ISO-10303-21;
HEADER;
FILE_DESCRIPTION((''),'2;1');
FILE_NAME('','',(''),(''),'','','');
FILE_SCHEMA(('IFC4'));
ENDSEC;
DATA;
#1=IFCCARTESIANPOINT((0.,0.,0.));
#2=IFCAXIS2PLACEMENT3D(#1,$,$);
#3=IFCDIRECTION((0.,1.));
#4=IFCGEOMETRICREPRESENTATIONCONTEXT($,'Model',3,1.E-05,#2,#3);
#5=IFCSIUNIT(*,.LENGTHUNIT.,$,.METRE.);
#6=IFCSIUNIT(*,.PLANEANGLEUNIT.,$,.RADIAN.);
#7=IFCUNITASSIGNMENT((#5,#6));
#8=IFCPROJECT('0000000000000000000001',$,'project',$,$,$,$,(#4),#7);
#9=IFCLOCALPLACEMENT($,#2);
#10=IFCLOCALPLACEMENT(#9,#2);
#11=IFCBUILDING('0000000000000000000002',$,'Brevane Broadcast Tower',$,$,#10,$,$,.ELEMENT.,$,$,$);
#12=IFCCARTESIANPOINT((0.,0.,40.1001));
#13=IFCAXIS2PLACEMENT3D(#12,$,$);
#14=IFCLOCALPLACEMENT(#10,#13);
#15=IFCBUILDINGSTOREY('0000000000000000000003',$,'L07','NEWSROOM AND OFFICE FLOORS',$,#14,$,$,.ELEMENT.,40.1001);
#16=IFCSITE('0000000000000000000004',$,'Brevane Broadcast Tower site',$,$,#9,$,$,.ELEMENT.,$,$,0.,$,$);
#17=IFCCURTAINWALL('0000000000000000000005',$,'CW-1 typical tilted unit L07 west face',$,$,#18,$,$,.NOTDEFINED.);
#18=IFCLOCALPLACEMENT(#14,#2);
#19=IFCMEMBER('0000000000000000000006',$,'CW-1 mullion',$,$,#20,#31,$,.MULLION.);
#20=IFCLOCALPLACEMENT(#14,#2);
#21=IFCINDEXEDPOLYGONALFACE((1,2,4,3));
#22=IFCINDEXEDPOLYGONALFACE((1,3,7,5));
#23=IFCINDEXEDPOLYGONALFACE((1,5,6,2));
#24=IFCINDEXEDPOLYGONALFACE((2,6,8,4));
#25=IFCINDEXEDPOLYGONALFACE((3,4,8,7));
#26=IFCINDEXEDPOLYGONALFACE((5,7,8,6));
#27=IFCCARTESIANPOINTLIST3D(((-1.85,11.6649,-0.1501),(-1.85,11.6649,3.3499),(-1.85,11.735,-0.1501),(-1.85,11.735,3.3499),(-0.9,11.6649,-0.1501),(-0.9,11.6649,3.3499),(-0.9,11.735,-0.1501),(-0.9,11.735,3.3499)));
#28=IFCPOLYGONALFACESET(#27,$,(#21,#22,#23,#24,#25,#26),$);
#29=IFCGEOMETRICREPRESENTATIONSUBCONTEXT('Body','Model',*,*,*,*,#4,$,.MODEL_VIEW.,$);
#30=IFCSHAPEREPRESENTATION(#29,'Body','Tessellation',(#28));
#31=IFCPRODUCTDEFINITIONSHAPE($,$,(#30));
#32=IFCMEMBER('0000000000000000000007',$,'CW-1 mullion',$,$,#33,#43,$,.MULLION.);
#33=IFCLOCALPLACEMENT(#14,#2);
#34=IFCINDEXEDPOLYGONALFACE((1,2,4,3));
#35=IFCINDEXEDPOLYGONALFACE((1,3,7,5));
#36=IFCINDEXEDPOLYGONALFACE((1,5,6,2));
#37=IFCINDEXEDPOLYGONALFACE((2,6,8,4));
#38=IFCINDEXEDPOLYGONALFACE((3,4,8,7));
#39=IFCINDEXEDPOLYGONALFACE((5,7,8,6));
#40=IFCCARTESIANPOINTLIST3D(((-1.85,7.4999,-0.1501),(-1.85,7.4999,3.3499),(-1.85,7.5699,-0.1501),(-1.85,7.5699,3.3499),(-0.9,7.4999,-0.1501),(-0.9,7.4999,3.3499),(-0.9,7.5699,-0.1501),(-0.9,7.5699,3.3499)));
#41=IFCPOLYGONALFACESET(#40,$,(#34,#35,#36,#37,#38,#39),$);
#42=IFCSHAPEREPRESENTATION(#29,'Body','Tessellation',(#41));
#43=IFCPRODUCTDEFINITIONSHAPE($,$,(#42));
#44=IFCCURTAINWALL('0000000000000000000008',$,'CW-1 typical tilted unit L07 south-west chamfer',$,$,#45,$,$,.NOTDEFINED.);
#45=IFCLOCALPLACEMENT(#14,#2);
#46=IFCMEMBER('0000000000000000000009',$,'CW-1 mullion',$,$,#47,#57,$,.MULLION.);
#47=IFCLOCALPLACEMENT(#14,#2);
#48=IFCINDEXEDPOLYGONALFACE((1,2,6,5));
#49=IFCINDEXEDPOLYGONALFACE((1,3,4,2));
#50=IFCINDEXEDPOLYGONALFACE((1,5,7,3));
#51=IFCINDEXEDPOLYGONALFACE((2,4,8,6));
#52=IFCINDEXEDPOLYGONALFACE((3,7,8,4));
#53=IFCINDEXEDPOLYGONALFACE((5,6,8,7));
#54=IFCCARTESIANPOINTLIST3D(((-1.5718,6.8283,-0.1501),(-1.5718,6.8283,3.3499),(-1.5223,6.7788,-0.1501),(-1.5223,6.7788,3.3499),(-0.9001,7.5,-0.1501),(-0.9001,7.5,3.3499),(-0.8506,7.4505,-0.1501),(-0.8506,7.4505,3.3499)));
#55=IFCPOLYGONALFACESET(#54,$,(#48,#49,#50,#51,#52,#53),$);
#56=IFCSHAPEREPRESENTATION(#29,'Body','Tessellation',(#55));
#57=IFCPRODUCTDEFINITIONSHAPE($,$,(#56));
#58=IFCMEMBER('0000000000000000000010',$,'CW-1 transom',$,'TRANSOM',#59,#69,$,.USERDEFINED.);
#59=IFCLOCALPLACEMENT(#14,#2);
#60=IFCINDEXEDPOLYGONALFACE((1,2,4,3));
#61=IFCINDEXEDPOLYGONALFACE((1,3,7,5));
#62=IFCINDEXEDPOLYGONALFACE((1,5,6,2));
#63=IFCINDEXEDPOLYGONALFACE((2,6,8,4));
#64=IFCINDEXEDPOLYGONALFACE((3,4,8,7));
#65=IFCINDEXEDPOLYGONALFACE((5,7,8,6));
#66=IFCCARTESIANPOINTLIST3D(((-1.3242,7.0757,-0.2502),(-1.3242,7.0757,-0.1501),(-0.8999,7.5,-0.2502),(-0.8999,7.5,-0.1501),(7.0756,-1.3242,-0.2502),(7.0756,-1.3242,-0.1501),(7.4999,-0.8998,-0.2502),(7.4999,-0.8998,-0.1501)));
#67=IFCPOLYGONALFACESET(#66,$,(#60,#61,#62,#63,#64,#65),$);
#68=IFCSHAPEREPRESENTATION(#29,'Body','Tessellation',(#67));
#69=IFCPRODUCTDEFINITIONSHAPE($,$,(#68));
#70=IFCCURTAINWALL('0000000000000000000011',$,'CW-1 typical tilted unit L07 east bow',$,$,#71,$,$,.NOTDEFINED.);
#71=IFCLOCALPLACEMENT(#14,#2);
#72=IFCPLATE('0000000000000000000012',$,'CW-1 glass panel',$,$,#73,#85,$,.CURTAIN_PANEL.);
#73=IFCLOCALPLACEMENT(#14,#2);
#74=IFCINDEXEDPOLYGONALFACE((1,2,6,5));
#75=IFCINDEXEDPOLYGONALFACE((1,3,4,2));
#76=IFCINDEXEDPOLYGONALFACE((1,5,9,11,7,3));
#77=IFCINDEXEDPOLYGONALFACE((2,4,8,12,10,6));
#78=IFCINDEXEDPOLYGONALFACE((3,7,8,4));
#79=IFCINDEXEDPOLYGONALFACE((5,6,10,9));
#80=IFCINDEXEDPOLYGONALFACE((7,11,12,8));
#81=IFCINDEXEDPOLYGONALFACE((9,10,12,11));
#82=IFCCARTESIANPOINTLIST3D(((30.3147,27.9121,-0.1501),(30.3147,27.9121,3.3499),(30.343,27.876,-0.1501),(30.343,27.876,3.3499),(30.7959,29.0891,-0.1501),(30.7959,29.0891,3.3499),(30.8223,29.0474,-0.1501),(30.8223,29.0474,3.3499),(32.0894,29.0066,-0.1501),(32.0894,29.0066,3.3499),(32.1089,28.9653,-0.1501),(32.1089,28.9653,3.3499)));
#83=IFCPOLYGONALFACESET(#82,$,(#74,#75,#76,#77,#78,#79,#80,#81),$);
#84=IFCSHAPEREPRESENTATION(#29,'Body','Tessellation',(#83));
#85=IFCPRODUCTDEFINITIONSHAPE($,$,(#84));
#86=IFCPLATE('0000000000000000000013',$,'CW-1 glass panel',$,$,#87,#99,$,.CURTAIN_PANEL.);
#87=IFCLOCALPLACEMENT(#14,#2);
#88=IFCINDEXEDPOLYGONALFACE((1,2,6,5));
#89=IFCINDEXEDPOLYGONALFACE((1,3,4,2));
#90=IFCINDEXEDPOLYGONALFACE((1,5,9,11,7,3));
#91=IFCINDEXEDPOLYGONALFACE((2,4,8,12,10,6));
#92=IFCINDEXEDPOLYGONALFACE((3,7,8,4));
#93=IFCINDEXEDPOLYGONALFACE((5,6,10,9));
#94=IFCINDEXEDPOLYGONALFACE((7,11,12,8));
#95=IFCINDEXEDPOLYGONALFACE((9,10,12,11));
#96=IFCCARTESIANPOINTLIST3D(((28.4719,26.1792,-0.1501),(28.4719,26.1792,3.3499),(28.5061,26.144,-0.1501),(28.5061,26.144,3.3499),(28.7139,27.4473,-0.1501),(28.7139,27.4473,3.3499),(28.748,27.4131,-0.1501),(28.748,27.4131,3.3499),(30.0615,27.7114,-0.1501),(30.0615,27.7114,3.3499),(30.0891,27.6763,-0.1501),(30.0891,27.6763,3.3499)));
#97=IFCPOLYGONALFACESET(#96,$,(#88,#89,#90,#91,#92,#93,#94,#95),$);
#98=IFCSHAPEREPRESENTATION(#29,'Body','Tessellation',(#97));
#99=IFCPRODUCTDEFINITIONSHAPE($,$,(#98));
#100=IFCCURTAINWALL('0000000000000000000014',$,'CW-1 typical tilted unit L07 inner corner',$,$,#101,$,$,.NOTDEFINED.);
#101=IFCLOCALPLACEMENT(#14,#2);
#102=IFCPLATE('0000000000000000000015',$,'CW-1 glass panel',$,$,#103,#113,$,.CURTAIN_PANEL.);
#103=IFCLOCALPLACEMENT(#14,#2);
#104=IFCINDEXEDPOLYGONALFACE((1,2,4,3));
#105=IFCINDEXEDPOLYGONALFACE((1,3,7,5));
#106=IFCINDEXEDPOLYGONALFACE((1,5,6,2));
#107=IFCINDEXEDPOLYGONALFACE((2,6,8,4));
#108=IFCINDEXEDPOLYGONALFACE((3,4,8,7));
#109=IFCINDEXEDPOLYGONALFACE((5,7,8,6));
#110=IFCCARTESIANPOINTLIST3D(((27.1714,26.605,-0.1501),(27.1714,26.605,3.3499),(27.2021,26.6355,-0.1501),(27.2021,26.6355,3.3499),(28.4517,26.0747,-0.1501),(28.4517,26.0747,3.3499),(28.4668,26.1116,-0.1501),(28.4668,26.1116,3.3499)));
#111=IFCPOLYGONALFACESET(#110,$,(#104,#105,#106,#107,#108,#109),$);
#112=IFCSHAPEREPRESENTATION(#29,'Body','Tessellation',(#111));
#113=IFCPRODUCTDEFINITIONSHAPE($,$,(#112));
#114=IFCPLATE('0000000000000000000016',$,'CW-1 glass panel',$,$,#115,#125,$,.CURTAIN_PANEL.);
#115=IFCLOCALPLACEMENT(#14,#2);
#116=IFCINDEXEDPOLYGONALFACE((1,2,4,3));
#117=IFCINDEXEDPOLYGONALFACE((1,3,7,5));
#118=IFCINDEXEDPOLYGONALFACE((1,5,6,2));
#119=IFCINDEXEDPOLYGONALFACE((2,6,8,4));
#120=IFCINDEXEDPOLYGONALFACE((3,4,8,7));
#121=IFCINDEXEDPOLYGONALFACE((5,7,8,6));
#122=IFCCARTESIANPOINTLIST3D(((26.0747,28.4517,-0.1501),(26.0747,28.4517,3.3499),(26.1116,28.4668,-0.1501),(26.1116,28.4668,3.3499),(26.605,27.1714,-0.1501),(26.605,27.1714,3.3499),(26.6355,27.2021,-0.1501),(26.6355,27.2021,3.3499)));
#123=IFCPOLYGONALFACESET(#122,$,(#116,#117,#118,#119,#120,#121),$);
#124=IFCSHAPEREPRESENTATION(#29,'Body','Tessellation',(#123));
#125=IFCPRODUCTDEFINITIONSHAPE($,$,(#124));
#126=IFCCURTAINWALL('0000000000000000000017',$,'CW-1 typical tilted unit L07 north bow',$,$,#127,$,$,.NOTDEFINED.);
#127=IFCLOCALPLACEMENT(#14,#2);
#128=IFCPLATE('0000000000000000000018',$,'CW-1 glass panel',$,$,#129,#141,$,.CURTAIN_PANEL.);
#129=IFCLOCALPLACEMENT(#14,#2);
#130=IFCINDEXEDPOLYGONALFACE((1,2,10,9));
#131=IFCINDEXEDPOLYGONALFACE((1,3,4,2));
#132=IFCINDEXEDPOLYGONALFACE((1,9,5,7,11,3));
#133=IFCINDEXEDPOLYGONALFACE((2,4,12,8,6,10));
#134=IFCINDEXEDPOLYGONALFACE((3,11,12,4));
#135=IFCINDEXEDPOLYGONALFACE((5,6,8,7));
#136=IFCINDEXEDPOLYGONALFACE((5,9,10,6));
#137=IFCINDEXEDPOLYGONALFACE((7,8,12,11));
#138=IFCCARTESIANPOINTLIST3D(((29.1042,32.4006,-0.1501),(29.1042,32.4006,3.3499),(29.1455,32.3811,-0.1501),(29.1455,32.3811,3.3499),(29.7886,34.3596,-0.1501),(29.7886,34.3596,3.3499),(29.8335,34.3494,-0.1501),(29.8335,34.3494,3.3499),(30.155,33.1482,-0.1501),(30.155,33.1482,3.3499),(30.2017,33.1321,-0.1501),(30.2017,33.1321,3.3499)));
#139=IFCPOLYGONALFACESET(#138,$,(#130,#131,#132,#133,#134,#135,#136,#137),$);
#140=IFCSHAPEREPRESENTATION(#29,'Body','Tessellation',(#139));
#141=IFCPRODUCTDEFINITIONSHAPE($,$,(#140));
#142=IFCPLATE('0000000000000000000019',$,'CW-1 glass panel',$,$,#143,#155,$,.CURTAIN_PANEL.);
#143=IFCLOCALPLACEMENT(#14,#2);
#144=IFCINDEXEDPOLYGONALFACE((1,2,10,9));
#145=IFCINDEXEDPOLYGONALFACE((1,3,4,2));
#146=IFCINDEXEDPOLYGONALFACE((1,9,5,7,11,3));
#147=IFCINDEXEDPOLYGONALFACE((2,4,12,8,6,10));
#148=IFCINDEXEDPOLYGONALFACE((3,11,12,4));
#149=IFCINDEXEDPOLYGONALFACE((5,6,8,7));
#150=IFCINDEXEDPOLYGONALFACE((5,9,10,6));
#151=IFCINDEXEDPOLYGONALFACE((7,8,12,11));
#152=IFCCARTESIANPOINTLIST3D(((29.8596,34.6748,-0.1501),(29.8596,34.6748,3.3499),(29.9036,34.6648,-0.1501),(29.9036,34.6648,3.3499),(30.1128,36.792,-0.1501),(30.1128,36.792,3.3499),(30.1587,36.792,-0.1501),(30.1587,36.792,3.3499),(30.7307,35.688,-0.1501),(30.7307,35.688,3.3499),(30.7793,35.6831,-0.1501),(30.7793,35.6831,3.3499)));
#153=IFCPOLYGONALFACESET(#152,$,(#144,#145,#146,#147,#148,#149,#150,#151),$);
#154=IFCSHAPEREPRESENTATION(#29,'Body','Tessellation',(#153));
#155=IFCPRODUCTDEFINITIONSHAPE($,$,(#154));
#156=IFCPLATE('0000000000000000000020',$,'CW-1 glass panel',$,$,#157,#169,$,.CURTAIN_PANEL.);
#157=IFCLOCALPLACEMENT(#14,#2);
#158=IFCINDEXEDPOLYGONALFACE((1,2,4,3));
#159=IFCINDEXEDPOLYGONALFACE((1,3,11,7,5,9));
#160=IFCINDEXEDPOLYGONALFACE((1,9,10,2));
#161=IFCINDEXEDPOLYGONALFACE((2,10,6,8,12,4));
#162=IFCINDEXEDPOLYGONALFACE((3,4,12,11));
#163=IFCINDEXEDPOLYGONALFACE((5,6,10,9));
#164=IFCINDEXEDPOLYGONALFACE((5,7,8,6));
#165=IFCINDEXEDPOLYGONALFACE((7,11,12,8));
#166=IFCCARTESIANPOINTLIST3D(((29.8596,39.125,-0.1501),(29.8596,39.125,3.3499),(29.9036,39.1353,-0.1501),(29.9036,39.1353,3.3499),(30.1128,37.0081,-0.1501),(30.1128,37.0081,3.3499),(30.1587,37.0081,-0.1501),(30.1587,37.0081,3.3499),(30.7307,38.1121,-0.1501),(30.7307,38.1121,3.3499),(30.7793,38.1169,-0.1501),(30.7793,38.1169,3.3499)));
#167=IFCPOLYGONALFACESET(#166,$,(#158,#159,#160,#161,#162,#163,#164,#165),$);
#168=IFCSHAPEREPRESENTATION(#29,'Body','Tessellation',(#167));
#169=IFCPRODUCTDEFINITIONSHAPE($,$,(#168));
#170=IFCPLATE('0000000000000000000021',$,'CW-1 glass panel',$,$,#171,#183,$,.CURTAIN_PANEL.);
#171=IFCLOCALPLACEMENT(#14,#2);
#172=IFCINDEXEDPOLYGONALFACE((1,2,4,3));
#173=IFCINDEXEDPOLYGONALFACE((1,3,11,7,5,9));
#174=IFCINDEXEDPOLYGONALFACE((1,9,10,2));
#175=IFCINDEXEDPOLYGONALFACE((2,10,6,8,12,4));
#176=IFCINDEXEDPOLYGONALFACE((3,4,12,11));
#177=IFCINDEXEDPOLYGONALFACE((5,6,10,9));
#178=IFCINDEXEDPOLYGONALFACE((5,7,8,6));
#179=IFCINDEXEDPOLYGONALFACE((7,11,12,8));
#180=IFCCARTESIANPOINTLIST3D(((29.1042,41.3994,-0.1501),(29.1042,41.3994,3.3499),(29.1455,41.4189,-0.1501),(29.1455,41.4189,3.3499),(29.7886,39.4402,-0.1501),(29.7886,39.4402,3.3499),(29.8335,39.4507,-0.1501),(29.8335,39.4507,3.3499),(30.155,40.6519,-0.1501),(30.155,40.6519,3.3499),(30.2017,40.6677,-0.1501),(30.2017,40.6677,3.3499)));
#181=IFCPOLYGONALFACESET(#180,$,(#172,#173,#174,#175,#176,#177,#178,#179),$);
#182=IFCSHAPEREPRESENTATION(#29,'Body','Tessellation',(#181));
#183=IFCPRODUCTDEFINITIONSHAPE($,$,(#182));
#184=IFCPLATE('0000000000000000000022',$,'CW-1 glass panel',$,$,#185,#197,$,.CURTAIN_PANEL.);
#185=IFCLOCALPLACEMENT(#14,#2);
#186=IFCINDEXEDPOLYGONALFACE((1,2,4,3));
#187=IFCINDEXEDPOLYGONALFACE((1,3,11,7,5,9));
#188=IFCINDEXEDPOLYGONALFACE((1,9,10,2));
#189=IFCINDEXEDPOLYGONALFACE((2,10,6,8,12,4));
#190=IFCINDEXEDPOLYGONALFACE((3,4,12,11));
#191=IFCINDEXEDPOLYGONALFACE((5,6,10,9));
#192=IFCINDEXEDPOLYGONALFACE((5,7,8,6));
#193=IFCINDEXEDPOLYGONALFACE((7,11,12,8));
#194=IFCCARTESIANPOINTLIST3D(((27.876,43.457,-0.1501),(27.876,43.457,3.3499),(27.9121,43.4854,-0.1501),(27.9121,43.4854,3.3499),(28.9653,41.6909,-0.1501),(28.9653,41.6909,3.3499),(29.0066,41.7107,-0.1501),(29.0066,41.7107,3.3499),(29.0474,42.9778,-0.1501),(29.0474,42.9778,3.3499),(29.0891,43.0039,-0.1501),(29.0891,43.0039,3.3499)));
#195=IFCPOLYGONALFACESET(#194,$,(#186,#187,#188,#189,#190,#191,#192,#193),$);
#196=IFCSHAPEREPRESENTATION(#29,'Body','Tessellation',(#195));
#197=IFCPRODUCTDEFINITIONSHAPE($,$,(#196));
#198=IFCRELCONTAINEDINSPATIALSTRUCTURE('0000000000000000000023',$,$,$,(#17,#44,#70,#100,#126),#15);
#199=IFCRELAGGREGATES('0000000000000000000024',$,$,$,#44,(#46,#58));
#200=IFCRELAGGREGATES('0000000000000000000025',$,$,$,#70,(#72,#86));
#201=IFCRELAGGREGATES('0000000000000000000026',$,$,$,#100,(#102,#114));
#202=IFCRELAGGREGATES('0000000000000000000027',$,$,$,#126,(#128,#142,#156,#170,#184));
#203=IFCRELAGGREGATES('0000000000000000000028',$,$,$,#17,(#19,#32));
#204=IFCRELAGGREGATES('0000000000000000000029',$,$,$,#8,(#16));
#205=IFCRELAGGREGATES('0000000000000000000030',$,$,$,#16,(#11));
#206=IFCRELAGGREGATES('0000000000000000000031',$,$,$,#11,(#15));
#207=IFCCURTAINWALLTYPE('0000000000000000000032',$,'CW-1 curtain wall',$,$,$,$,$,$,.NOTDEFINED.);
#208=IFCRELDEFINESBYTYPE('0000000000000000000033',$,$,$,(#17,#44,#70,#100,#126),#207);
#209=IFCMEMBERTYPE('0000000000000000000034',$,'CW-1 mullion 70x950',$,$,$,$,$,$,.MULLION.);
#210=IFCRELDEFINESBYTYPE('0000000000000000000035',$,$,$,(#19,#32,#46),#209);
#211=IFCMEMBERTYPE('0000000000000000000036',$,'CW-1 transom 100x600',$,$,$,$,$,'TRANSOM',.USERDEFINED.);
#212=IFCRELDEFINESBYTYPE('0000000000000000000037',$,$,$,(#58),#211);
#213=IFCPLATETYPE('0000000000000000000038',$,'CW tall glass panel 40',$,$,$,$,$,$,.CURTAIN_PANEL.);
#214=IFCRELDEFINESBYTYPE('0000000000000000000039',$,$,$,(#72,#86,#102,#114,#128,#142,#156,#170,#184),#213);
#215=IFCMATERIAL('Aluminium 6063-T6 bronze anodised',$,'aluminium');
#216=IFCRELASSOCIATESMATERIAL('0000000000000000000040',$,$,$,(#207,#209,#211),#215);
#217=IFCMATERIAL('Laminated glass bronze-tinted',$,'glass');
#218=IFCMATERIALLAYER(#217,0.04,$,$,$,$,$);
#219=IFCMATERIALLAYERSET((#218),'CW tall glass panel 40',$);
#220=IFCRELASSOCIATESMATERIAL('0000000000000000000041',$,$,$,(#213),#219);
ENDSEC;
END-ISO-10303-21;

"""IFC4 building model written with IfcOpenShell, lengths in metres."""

from ifc_helpers import new_model, si_unit, direction, frame, origin, origin_2d, place, context, subcontext, project, spatial, polyline, rectangle, outline, extrude, material, layer, layer_set, material_profile, profile_set, type_object, element, aggregate, save


model = new_model("IFC4")

# Units and contexts
model_context = context("Model", 3, precision=1e-05, world=origin(), true_north=direction((0.0, 1.0)))
body_context = subcontext(model_context, "Body", "Model", "MODEL_VIEW")
ifc_project = project(units=[si_unit("LENGTHUNIT", "METRE"), si_unit("PLANEANGLEUNIT", "RADIAN")], contexts=[model_context])

# Site, building, storey
site_placement = place(None, origin())
site = spatial("IfcSite", under=ifc_project, at=site_placement, Name="Brevane Broadcast Tower site", CompositionType="ELEMENT", RefElevation=0.0)
building_placement = place(site_placement, origin())
building = spatial("IfcBuilding", under=site, at=building_placement, Name="Brevane Broadcast Tower", CompositionType="ELEMENT")
storey_placement = place(building_placement, frame((0.0, 0.0, 40.1001)))
storey = spatial("IfcBuildingStorey", under=building, at=storey_placement, Name="L07", Description="NEWSROOM AND OFFICE FLOORS", CompositionType="ELEMENT", Elevation=40.1001)

# Curtain walls, members
ifc_material_1 = material(Name="Aluminium 6063-T6 bronze anodised", Category="aluminium")
curtain_wall_type = type_object("IfcCurtainWallType", Name="CW-1 curtain wall", PredefinedType="NOTDEFINED", material=ifc_material_1)
curtain_wall_1_placement = place(storey_placement, origin())
curtain_wall_1 = element("IfcCurtainWall", 1, at=curtain_wall_1_placement, inside=storey, type_object=curtain_wall_type, Name="CW-1 typical tilted unit L07 west face", PredefinedType="NOTDEFINED")
ifc_material_profile_1 = material_profile(ifc_material_1, rectangle(XDim=0.95, YDim=0.0701, at=origin_2d()), Name="RECT 70x950")
ifc_profile_set_1 = profile_set([ifc_material_profile_1], Name="Aluminium 6063-T6 bronze anodised")
member_type_1 = type_object("IfcMemberType", Name="CW-1 mullion 70x950", PredefinedType="MULLION", material=ifc_profile_set_1)
member_1_placement = place(storey_placement, frame((-1.375, 11.7, -0.1501), z_axis=(0.0, 0.0, 1.0), x_axis=(1.0, 0.0, 0.0)))
member_1 = element("IfcMember", 2, at=member_1_placement, type_object=member_type_1, Name="CW-1 mullion", PredefinedType="MULLION", context=body_context, shape_type="SweptSolid", body=[
    extrude(rectangle(XDim=0.95, YDim=0.0701, at=origin_2d()), origin(), (0.0, 0.0, 1.0), 3.5),
])
member_2_placement = place(storey_placement, frame((-1.375, 7.5349, -0.1501), z_axis=(0.0, 0.0, 1.0), x_axis=(1.0, 0.0, 0.0)))
member_2 = element("IfcMember", 3, at=member_2_placement, type_object=member_type_1, Name="CW-1 mullion", PredefinedType="MULLION", context=body_context, shape_type="SweptSolid", body=[
    extrude(rectangle(XDim=0.95, YDim=0.0701, at=origin_2d()), origin(), (0.0, 0.0, 1.0), 3.5),
])
curtain_wall_2_placement = place(storey_placement, origin())
curtain_wall_2 = element("IfcCurtainWall", 4, at=curtain_wall_2_placement, inside=storey, type_object=curtain_wall_type, Name="CW-1 typical tilted unit L07 south-west chamfer", PredefinedType="NOTDEFINED")
member_3_placement = place(storey_placement, frame((-1.2112, 7.1394, -0.1501), z_axis=(0.0, 0.0, 1.0), x_axis=(0.707107, 0.707107, 0.0)))
member_3 = element("IfcMember", 5, at=member_3_placement, type_object=member_type_1, Name="CW-1 mullion", PredefinedType="MULLION", context=body_context, shape_type="SweptSolid", body=[
    extrude(rectangle(XDim=0.95, YDim=0.0701, at=origin_2d()), origin(), (0.0, 0.0, 1.0), 3.5),
])
ifc_material_profile_2 = material_profile(ifc_material_1, rectangle(XDim=0.6001, YDim=0.1001, at=origin_2d()), Name="RECT 100x600")
ifc_profile_set_2 = profile_set([ifc_material_profile_2], Name="Aluminium 6063-T6 bronze anodised")
member_type_2 = type_object("IfcMemberType", Name="CW-1 transom 100x600", ElementType="TRANSOM", PredefinedType="USERDEFINED", material=ifc_profile_set_2)
member_4_placement = place(storey_placement, frame((-1.1121, 7.2878, -0.2002), z_axis=(0.707107, -0.707107, 0.0), x_axis=(0.707107, 0.707107, 0.0)))
member_4 = element("IfcMember", 6, at=member_4_placement, type_object=member_type_2, Name="CW-1 transom", ObjectType="TRANSOM", PredefinedType="USERDEFINED", context=body_context, shape_type="SweptSolid", body=[
    extrude(rectangle(XDim=0.6001, YDim=0.1001, at=origin_2d()), origin(), (0.0, 0.0, 1.0), 11.8792),
])
aggregate(curtain_wall_2, [member_3, member_4])

# Curtain walls, plates
curtain_wall_3_placement = place(storey_placement, origin())
curtain_wall_3 = element("IfcCurtainWall", 7, at=curtain_wall_3_placement, inside=storey, type_object=curtain_wall_type, Name="CW-1 typical tilted unit L07 east bow", PredefinedType="NOTDEFINED")
ifc_material_2 = material(Name="Laminated glass bronze-tinted", Category="glass")
ifc_layer_1 = layer(ifc_material_2, 0.04)
ifc_layer_set_1 = layer_set([ifc_layer_1], Name="CW tall glass panel 40")
plate_type = type_object("IfcPlateType", Name="CW tall glass panel 40", PredefinedType="CURTAIN_PANEL", material=ifc_layer_set_1)
plate_1_placement = place(storey_placement, frame((0.0, 0.0, -0.1501)))
plate_1 = element("IfcPlate", 8, at=plate_1_placement, type_object=plate_type, Name="CW-1 glass panel", PredefinedType="CURTAIN_PANEL", context=body_context, shape_type="SweptSolid", body=[
    extrude(outline(polyline([(32.1089, 28.9653), (32.0894, 29.0066), (30.7959, 29.0891), (30.3147, 27.9121), (30.343, 27.876), (30.8223, 29.0474), (32.1089, 28.9653)])), origin(), (0.0, 0.0, 1.0), 3.5),
])
plate_2_placement = place(storey_placement, frame((0.0, 0.0, -0.1501)))
plate_2 = element("IfcPlate", 9, at=plate_2_placement, type_object=plate_type, Name="CW-1 glass panel", PredefinedType="CURTAIN_PANEL", context=body_context, shape_type="SweptSolid", body=[
    extrude(outline(polyline([(30.0891, 27.6763), (30.0615, 27.7114), (28.7139, 27.4473), (28.4719, 26.1792), (28.5061, 26.144), (28.748, 27.4131), (30.0891, 27.6763)])), origin(), (0.0, 0.0, 1.0), 3.5),
])
aggregate(curtain_wall_3, [plate_1, plate_2])
curtain_wall_4_placement = place(storey_placement, origin())
curtain_wall_4 = element("IfcCurtainWall", 10, at=curtain_wall_4_placement, inside=storey, type_object=curtain_wall_type, Name="CW-1 typical tilted unit L07 inner corner", PredefinedType="NOTDEFINED")
plate_3_placement = place(storey_placement, frame((0.0, 0.0, -0.1501)))
plate_3 = element("IfcPlate", 11, at=plate_3_placement, type_object=plate_type, Name="CW-1 glass panel", PredefinedType="CURTAIN_PANEL", context=body_context, shape_type="SweptSolid", body=[
    extrude(outline(polyline([(28.4517, 26.0747), (28.4668, 26.1116), (27.2021, 26.6355), (27.1714, 26.605), (28.4517, 26.0747)])), origin(), (0.0, 0.0, 1.0), 3.5),
])
plate_4_placement = place(storey_placement, frame((0.0, 0.0, -0.1501)))
plate_4 = element("IfcPlate", 12, at=plate_4_placement, type_object=plate_type, Name="CW-1 glass panel", PredefinedType="CURTAIN_PANEL", context=body_context, shape_type="SweptSolid", body=[
    extrude(outline(polyline([(26.605, 27.1714), (26.6355, 27.2021), (26.1116, 28.4668), (26.0747, 28.4517), (26.605, 27.1714)])), origin(), (0.0, 0.0, 1.0), 3.5),
])
aggregate(curtain_wall_4, [plate_3, plate_4])
curtain_wall_5_placement = place(storey_placement, origin())
curtain_wall_5 = element("IfcCurtainWall", 13, at=curtain_wall_5_placement, inside=storey, type_object=curtain_wall_type, Name="CW-1 typical tilted unit L07 north bow", PredefinedType="NOTDEFINED")
plate_5_placement = place(storey_placement, frame((0.0, 0.0, -0.1501)))
plate_5 = element("IfcPlate", 14, at=plate_5_placement, type_object=plate_type, Name="CW-1 glass panel", PredefinedType="CURTAIN_PANEL", context=body_context, shape_type="SweptSolid", body=[
    extrude(outline(polyline([(29.1042, 32.4006), (29.1455, 32.3811), (30.2017, 33.1321), (29.8335, 34.3494), (29.7886, 34.3596), (30.155, 33.1482), (29.1042, 32.4006)])), origin(), (0.0, 0.0, 1.0), 3.5),
])
plate_6_placement = place(storey_placement, frame((0.0, 0.0, -0.1501)))
plate_6 = element("IfcPlate", 15, at=plate_6_placement, type_object=plate_type, Name="CW-1 glass panel", PredefinedType="CURTAIN_PANEL", context=body_context, shape_type="SweptSolid", body=[
    extrude(outline(polyline([(29.8596, 34.6748), (29.9036, 34.6648), (30.7793, 35.6831), (30.1587, 36.792), (30.1128, 36.792), (30.7307, 35.688), (29.8596, 34.6748)])), origin(), (0.0, 0.0, 1.0), 3.5),
])
plate_7_placement = place(storey_placement, frame((0.0, 0.0, -0.1501)))
plate_7 = element("IfcPlate", 16, at=plate_7_placement, type_object=plate_type, Name="CW-1 glass panel", PredefinedType="CURTAIN_PANEL", context=body_context, shape_type="SweptSolid", body=[
    extrude(outline(polyline([(30.1128, 37.0081), (30.1587, 37.0081), (30.7793, 38.1169), (29.9036, 39.1353), (29.8596, 39.125), (30.7307, 38.1121), (30.1128, 37.0081)])), origin(), (0.0, 0.0, 1.0), 3.5),
])
plate_8_placement = place(storey_placement, frame((0.0, 0.0, -0.1501)))
plate_8 = element("IfcPlate", 17, at=plate_8_placement, type_object=plate_type, Name="CW-1 glass panel", PredefinedType="CURTAIN_PANEL", context=body_context, shape_type="SweptSolid", body=[
    extrude(outline(polyline([(29.7886, 39.4402), (29.8335, 39.4507), (30.2017, 40.6677), (29.1455, 41.4189), (29.1042, 41.3994), (30.155, 40.6519), (29.7886, 39.4402)])), origin(), (0.0, 0.0, 1.0), 3.5),
])
plate_9_placement = place(storey_placement, frame((0.0, 0.0, -0.1501)))
plate_9 = element("IfcPlate", 18, at=plate_9_placement, type_object=plate_type, Name="CW-1 glass panel", PredefinedType="CURTAIN_PANEL", context=body_context, shape_type="SweptSolid", body=[
    extrude(outline(polyline([(28.9653, 41.6909), (29.0066, 41.7107), (29.0891, 43.0039), (27.9121, 43.4854), (27.876, 43.457), (29.0474, 42.9778), (28.9653, 41.6909)])), origin(), (0.0, 0.0, 1.0), 3.5),
])

aggregate(curtain_wall_5, [plate_5, plate_6, plate_7, plate_8, plate_9])
aggregate(curtain_wall_1, [member_1, member_2])

save(model, "model.ifc")
